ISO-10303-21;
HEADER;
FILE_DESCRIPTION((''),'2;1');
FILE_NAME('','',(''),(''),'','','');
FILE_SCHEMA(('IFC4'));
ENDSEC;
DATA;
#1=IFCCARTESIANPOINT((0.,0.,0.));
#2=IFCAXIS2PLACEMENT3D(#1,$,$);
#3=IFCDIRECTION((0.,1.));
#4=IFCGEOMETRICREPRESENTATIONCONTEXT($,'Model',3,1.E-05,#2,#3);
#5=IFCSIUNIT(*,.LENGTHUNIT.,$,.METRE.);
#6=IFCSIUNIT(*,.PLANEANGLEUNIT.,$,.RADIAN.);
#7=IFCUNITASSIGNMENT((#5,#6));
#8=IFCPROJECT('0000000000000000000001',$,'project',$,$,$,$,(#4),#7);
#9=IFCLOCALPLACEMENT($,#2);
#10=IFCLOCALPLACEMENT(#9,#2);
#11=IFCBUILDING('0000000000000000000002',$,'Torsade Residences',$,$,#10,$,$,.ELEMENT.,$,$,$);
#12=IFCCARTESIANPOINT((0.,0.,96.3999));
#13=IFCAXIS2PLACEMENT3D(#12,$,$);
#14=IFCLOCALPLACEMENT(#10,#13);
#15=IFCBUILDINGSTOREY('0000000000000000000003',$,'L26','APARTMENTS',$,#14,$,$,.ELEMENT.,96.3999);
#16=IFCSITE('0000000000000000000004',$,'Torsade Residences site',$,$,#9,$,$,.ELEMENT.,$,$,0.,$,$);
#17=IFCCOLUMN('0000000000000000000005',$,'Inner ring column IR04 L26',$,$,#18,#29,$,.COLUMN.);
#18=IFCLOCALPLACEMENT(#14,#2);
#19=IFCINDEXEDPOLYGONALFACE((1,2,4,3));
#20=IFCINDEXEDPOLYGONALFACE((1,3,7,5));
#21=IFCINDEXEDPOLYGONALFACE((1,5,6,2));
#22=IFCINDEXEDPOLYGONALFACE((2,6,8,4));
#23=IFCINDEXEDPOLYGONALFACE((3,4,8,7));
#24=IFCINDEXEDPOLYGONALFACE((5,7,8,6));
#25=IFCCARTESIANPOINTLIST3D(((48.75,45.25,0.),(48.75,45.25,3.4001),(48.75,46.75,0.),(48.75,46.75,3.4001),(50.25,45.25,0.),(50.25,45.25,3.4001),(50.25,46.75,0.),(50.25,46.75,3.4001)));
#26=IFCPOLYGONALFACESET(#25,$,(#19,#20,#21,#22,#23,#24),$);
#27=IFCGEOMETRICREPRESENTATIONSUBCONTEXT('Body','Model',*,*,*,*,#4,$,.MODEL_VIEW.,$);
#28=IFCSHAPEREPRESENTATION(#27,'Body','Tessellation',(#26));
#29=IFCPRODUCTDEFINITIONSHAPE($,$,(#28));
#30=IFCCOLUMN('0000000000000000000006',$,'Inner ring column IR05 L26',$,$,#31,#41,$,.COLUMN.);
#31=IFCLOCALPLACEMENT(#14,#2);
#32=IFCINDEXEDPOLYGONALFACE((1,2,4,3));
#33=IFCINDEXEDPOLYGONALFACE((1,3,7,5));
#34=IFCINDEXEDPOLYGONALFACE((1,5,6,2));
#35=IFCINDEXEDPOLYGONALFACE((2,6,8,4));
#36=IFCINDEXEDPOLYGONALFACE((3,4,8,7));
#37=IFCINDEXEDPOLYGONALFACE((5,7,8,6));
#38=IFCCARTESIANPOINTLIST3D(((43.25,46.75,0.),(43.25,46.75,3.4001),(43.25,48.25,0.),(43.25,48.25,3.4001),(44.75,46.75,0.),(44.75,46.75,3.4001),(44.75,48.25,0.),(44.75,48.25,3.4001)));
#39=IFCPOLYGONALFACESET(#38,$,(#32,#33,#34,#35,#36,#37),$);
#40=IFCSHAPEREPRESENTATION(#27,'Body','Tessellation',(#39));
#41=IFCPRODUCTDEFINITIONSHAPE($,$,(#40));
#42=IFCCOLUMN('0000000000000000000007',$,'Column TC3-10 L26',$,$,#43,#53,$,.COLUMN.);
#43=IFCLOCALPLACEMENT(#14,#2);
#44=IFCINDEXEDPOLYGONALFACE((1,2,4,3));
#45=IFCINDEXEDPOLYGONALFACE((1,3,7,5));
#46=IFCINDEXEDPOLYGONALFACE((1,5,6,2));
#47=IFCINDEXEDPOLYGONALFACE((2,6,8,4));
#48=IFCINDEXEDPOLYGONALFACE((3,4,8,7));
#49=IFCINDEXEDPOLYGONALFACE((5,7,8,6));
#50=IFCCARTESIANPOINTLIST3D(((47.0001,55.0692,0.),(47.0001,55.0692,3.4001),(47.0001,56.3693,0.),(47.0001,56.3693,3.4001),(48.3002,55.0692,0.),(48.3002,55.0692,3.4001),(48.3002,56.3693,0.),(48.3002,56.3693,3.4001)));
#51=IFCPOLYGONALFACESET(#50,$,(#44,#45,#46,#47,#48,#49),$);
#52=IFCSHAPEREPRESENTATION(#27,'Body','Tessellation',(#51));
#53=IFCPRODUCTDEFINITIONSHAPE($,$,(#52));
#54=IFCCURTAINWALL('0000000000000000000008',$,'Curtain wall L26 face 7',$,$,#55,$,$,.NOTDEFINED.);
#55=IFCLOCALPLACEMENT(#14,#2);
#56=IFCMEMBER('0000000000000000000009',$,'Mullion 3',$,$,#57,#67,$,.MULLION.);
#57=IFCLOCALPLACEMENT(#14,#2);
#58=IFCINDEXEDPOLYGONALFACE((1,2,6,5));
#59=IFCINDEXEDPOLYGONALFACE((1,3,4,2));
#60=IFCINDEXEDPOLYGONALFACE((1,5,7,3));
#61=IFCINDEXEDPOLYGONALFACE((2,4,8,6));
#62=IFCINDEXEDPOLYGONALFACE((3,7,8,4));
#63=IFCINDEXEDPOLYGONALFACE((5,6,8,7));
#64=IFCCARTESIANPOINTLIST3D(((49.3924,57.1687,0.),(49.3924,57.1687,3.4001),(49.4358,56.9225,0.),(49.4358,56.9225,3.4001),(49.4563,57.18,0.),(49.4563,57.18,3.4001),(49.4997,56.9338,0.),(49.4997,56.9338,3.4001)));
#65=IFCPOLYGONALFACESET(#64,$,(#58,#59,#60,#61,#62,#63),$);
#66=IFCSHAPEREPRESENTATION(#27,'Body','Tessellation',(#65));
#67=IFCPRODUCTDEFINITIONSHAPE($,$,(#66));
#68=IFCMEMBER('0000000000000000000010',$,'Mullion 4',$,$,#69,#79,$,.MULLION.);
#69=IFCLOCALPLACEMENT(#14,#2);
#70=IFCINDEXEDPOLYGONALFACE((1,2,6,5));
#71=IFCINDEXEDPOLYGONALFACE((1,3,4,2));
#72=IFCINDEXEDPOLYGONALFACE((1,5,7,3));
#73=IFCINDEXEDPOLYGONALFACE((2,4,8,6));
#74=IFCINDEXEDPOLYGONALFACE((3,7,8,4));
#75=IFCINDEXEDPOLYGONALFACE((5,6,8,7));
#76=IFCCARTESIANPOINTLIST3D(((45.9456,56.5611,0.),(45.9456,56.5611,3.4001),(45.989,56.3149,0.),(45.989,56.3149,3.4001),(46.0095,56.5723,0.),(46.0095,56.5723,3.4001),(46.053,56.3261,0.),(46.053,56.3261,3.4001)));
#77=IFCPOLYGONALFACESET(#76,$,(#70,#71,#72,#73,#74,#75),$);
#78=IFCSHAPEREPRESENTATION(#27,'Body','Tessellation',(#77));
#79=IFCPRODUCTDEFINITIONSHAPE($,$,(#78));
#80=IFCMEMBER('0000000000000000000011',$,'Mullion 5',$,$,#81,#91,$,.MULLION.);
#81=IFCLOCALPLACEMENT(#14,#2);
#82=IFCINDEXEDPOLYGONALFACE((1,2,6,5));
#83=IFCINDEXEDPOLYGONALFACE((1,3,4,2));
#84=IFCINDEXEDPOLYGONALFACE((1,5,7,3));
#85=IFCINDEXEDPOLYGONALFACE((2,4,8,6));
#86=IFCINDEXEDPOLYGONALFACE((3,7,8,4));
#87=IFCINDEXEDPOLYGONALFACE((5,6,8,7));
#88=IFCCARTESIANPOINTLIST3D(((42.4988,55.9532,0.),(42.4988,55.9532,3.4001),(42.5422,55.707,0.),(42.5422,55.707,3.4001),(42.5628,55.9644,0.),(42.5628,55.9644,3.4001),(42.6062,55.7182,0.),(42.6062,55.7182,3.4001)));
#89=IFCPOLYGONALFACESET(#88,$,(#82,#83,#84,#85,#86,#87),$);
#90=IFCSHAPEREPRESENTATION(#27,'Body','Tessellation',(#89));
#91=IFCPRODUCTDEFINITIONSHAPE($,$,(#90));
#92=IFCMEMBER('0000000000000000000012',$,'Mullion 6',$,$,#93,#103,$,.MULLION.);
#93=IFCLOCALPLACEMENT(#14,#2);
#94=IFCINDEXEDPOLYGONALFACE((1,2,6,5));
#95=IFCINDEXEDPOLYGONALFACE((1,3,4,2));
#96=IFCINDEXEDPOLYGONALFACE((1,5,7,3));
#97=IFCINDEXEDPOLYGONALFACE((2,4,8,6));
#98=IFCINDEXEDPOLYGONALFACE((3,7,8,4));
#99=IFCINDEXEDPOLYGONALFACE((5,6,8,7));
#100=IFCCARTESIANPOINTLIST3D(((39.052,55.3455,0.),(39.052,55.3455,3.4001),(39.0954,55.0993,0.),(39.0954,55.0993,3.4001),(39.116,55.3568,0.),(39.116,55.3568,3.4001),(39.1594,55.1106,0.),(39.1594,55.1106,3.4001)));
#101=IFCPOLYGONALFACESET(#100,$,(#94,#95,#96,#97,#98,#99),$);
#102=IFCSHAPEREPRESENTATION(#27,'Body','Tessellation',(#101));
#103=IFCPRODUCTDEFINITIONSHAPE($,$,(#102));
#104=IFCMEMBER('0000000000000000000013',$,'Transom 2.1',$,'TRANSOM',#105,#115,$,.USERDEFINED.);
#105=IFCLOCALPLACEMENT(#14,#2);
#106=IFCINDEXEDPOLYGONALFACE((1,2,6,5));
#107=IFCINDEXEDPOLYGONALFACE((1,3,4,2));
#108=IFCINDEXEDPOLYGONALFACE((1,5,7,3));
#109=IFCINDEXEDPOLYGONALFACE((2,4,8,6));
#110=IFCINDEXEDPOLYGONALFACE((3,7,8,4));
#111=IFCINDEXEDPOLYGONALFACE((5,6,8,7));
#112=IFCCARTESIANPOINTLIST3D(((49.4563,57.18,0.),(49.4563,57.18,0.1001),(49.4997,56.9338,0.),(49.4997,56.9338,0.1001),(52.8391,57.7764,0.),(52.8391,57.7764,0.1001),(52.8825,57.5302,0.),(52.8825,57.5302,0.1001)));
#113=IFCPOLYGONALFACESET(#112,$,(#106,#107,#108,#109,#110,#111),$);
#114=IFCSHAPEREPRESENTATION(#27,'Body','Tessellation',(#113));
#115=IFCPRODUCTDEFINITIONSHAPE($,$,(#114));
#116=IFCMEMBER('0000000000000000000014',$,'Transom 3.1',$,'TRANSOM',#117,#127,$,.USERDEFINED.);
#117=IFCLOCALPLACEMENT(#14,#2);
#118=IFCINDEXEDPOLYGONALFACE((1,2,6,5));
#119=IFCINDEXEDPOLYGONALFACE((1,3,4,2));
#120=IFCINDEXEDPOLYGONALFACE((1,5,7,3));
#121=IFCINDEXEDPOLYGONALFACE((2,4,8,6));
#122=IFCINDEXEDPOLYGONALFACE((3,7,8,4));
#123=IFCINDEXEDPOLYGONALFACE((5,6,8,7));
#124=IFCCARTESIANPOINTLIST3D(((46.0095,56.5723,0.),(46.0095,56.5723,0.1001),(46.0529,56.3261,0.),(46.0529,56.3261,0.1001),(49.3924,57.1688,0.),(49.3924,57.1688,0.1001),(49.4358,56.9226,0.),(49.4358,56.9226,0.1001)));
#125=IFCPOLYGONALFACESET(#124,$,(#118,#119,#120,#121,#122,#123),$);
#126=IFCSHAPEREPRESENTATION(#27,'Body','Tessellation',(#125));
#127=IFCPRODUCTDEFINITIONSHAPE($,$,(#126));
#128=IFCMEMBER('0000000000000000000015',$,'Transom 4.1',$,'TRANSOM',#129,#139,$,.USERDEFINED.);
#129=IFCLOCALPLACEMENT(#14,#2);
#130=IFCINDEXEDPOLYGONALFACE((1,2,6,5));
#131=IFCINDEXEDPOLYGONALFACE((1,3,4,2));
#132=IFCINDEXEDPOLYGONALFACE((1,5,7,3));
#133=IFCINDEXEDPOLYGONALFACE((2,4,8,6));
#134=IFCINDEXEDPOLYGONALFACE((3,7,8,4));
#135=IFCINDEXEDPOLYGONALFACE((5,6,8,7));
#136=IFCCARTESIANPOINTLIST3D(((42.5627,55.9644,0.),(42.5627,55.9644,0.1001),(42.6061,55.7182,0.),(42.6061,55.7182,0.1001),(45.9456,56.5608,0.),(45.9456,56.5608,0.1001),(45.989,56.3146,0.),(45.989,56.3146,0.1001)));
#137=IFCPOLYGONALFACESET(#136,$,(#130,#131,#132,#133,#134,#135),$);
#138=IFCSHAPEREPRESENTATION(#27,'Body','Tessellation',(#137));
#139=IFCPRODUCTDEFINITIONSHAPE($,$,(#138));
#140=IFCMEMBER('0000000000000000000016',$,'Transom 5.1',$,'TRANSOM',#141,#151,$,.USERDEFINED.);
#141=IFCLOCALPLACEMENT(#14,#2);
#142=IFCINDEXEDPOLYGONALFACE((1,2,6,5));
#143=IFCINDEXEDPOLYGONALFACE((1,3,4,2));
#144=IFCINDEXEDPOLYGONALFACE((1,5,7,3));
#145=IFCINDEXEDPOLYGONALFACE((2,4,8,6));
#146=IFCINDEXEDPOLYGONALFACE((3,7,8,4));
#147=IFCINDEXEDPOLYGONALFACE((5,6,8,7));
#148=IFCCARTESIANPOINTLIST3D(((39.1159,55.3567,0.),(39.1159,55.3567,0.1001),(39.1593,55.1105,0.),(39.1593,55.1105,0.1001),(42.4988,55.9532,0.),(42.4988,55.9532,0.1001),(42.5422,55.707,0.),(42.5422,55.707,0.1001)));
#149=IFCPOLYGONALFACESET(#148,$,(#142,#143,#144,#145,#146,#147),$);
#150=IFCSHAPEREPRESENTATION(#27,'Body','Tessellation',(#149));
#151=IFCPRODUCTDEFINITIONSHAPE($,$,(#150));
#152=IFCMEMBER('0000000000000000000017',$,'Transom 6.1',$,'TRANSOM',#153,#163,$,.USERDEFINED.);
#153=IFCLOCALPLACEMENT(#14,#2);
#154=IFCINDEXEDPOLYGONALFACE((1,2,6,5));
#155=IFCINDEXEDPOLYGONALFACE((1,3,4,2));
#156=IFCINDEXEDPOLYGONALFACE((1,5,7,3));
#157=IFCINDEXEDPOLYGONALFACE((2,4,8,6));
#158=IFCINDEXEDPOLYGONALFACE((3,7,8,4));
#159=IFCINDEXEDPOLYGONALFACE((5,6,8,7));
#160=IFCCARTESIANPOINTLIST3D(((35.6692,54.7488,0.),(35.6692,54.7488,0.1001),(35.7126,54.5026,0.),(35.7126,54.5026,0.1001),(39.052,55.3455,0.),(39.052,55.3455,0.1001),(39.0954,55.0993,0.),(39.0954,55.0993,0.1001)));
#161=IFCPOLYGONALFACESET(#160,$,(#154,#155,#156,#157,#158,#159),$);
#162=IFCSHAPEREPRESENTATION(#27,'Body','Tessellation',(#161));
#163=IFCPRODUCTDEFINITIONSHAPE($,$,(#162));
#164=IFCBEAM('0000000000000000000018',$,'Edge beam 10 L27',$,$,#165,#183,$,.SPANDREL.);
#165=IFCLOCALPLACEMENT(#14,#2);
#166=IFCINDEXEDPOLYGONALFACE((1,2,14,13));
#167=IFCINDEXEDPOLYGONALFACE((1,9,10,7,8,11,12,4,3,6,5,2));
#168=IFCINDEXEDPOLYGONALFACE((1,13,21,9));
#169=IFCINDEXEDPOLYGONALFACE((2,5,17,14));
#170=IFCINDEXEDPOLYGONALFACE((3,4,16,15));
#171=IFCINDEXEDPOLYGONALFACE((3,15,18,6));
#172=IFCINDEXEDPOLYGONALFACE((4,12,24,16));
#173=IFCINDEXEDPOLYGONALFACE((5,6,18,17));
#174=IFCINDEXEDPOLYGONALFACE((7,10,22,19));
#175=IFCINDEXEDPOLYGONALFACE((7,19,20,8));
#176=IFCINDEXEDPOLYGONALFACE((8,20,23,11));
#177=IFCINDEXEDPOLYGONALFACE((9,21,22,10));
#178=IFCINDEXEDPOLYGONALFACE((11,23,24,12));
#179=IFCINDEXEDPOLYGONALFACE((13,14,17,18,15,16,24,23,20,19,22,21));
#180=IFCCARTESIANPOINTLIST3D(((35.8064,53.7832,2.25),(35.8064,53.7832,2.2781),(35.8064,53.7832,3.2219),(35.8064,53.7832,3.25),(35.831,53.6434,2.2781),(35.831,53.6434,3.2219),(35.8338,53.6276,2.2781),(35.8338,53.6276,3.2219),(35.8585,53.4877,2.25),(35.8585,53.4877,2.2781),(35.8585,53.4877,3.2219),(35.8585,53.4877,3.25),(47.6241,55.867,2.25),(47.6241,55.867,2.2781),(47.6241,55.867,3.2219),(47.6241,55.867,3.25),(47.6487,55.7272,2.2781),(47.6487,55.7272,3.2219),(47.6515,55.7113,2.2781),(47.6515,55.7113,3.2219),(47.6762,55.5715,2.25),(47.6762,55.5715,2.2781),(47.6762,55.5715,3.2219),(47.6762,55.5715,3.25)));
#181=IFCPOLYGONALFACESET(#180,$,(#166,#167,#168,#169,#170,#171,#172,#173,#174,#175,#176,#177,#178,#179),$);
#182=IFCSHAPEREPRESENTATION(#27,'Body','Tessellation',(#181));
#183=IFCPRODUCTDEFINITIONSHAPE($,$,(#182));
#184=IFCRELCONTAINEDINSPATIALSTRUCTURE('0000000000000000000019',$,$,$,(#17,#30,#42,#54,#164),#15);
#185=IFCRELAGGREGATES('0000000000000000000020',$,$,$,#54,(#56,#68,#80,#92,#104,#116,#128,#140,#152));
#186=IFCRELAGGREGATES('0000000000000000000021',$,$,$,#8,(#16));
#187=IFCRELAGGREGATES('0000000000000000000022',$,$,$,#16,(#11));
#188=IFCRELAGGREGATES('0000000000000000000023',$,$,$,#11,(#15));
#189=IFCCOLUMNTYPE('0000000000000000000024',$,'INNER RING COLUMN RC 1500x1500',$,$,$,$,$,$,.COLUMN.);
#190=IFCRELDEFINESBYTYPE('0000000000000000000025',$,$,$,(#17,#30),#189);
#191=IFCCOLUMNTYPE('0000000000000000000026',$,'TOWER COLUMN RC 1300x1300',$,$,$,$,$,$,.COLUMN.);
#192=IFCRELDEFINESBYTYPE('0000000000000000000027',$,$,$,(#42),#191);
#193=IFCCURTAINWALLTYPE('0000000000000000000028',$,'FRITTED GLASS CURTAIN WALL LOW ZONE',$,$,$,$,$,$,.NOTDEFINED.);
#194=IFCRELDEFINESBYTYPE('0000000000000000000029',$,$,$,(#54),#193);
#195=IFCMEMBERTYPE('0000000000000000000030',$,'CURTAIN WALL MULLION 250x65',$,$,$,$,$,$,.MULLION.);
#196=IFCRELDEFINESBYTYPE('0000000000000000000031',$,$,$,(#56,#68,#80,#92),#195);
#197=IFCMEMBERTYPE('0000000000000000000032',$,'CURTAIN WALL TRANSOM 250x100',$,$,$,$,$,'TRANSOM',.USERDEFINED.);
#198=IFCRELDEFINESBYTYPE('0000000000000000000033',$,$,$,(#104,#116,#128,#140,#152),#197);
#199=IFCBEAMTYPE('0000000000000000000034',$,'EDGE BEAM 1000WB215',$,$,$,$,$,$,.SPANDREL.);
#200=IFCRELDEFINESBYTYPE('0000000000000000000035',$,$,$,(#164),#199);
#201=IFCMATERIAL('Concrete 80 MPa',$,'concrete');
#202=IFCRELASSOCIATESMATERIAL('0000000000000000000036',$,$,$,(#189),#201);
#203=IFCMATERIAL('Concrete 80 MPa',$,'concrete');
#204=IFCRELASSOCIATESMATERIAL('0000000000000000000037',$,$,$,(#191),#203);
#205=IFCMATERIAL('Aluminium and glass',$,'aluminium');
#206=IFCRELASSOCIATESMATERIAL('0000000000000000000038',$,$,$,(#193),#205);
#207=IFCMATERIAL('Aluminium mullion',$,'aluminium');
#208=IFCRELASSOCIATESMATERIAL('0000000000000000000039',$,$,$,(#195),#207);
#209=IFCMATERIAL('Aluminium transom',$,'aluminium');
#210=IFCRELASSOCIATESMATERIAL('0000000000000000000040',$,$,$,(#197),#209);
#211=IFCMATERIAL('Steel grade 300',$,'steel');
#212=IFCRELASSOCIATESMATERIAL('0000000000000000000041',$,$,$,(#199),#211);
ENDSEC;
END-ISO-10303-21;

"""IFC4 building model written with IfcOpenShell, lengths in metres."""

from ifc_helpers import new_model, si_unit, direction, frame, origin, origin_2d, place, context, subcontext, project, spatial, rectangle, i_section, extrude, material, material_profile, profile_set, type_object, element, aggregate, save


model = new_model("IFC4")

# Units and contexts
model_context = context("Model", 3, precision=1e-05, world=origin(), true_north=direction((0.0, 1.0)))
body_context = subcontext(model_context, "Body", "Model", "MODEL_VIEW")
ifc_project = project(units=[si_unit("LENGTHUNIT", "METRE"), si_unit("PLANEANGLEUNIT", "RADIAN")], contexts=[model_context])

# Site, building, storey
site_placement = place(None, origin())
site = spatial("IfcSite", under=ifc_project, at=site_placement, Name="Torsade Residences site", CompositionType="ELEMENT", RefElevation=0.0)
building_placement = place(site_placement, origin())
building = spatial("IfcBuilding", under=site, at=building_placement, Name="Torsade Residences", CompositionType="ELEMENT")
storey_placement = place(building_placement, frame((0.0, 0.0, 96.3999)))
storey = spatial("IfcBuildingStorey", under=building, at=storey_placement, Name="L26", Description="APARTMENTS", CompositionType="ELEMENT", Elevation=96.3999)

# Columns
ifc_material_1 = material(Name="Concrete 80 MPa", Category="concrete")
ifc_material_profile_1 = material_profile(ifc_material_1, rectangle(XDim=1.5, YDim=1.5, at=origin_2d()), Name="RC 1500x1500")
ifc_profile_set_1 = profile_set([ifc_material_profile_1], Name="Concrete 80 MPa")
column_type_1 = type_object("IfcColumnType", Name="INNER RING COLUMN RC 1500x1500", PredefinedType="COLUMN", material=ifc_profile_set_1)
for number, where, z_axis, x_axis, name in (
    (1, (49.5, 46.0, 0.0), (0.0, 0.0, 1.0), (1.0, 0.0, 0.0), "Inner ring column IR04 L26"),
    (2, (44.0, 47.5, 0.0), (0.0, 0.0, 1.0), (1.0, 0.0, 0.0), "Inner ring column IR05 L26"),
):
    element("IfcColumn", number, at=place(storey_placement, frame(where, z_axis=z_axis, x_axis=x_axis)), inside=storey, type_object=column_type_1, Name=name, PredefinedType="COLUMN", context=body_context, shape_type="SweptSolid", body=[
        extrude(rectangle(XDim=1.5, YDim=1.5, at=origin_2d()), origin(), (0.0, 0.0, 1.0), 3.4001),
    ])
ifc_material_2 = material(Name="Concrete 80 MPa", Category="concrete")
ifc_material_profile_2 = material_profile(ifc_material_2, rectangle(XDim=1.3, YDim=1.3, at=origin_2d()), Name="RC 1300x1300")
ifc_profile_set_2 = profile_set([ifc_material_profile_2], Name="Concrete 80 MPa")
column_type_2 = type_object("IfcColumnType", Name="TOWER COLUMN RC 1300x1300", PredefinedType="COLUMN", material=ifc_profile_set_2)
column_placement = place(storey_placement, frame((47.6501, 55.7192, 0.0), z_axis=(0.0, 0.0, 1.0), x_axis=(1.0, 0.0, 0.0)))
element("IfcColumn", 3, at=column_placement, inside=storey, type_object=column_type_2, Name="Column TC3-10 L26", PredefinedType="COLUMN", context=body_context, shape_type="SweptSolid", body=[
    extrude(rectangle(XDim=1.3, YDim=1.3, at=origin_2d()), origin(), (0.0, 0.0, 1.0), 3.4001),
])

# Curtain wall, members
ifc_material_3 = material(Name="Aluminium and glass", Category="aluminium")
curtain_wall_type = type_object("IfcCurtainWallType", Name="FRITTED GLASS CURTAIN WALL LOW ZONE", PredefinedType="NOTDEFINED", material=ifc_material_3)
curtain_wall_placement = place(storey_placement, origin())
curtain_wall = element("IfcCurtainWall", 4, at=curtain_wall_placement, inside=storey, type_object=curtain_wall_type, Name="Curtain wall L26 face 7", PredefinedType="NOTDEFINED")
ifc_material_4 = material(Name="Aluminium mullion", Category="aluminium")
ifc_material_profile_3 = material_profile(ifc_material_4, rectangle(XDim=0.25, YDim=0.0649, at=origin_2d()), Name="CURTAIN WALL MULLION 250x65")
ifc_profile_set_3 = profile_set([ifc_material_profile_3], Name="Aluminium mullion")
member_type_1 = type_object("IfcMemberType", Name="CURTAIN WALL MULLION 250x65", PredefinedType="MULLION", material=ifc_profile_set_3)
member_1_placement = place(storey_placement, frame((49.446, 57.0513, 0.0), z_axis=(0.0, 0.0, 1.0), x_axis=(0.173648, -0.984808, 0.0)))
member_1 = element("IfcMember", 5, at=member_1_placement, type_object=member_type_1, Name="Mullion 3", PredefinedType="MULLION", context=body_context, shape_type="SweptSolid", body=[
    extrude(rectangle(XDim=0.25, YDim=0.0649, at=origin_2d()), origin(), (0.0, 0.0, 1.0), 3.4001),
])
member_2_placement = place(storey_placement, frame((45.9993, 56.4436, 0.0), z_axis=(0.0, 0.0, 1.0), x_axis=(0.173648, -0.984808, 0.0)))
member_2 = element("IfcMember", 6, at=member_2_placement, type_object=member_type_1, Name="Mullion 4", PredefinedType="MULLION", context=body_context, shape_type="SweptSolid", body=[
    extrude(rectangle(XDim=0.25, YDim=0.0649, at=origin_2d()), origin(), (0.0, 0.0, 1.0), 3.4001),
])
member_3_placement = place(storey_placement, frame((42.5525, 55.8357, 0.0), z_axis=(0.0, 0.0, 1.0), x_axis=(0.173648, -0.984808, 0.0)))
member_3 = element("IfcMember", 7, at=member_3_placement, type_object=member_type_1, Name="Mullion 5", PredefinedType="MULLION", context=body_context, shape_type="SweptSolid", body=[
    extrude(rectangle(XDim=0.25, YDim=0.0649, at=origin_2d()), origin(), (0.0, 0.0, 1.0), 3.4001),
])
member_4_placement = place(storey_placement, frame((39.1057, 55.228, 0.0), z_axis=(0.0, 0.0, 1.0), x_axis=(0.173648, -0.984808, 0.0)))
member_4 = element("IfcMember", 8, at=member_4_placement, type_object=member_type_1, Name="Mullion 6", PredefinedType="MULLION", context=body_context, shape_type="SweptSolid", body=[
    extrude(rectangle(XDim=0.25, YDim=0.0649, at=origin_2d()), origin(), (0.0, 0.0, 1.0), 3.4001),
])
ifc_material_5 = material(Name="Aluminium transom", Category="aluminium")
ifc_material_profile_4 = material_profile(ifc_material_5, rectangle(XDim=0.25, YDim=0.1001, at=origin_2d()), Name="CURTAIN WALL TRANSOM 250x100")
ifc_profile_set_4 = profile_set([ifc_material_profile_4], Name="Aluminium transom")
member_type_2 = type_object("IfcMemberType", Name="CURTAIN WALL TRANSOM 250x100", ElementType="TRANSOM", PredefinedType="USERDEFINED", material=ifc_profile_set_4)
member_5_placement = place(storey_placement, frame((52.8608, 57.6533, 0.05), z_axis=(-0.98481, -0.173635, 0.0), x_axis=(0.173635, -0.98481, 0.0)))
member_5 = element("IfcMember", 9, at=member_5_placement, type_object=member_type_2, Name="Transom 2.1", ObjectType="TRANSOM", PredefinedType="USERDEFINED", context=body_context, shape_type="SweptSolid", body=[
    extrude(rectangle(XDim=0.25, YDim=0.1001, at=origin_2d()), origin(), (0.0, 0.0, 1.0), 3.4351),
])
member_6_placement = place(storey_placement, frame((49.4141, 57.0457, 0.05), z_axis=(-0.98481, -0.173635, 0.0), x_axis=(0.173635, -0.98481, 0.0)))
member_6 = element("IfcMember", 10, at=member_6_placement, type_object=member_type_2, Name="Transom 3.1", ObjectType="TRANSOM", PredefinedType="USERDEFINED", context=body_context, shape_type="SweptSolid", body=[
    extrude(rectangle(XDim=0.25, YDim=0.1001, at=origin_2d()), origin(), (0.0, 0.0, 1.0), 3.4351),
])
member_7_placement = place(storey_placement, frame((45.9673, 56.4377, 0.05), z_axis=(-0.98481, -0.173635, 0.0), x_axis=(0.173635, -0.98481, 0.0)))
member_7 = element("IfcMember", 11, at=member_7_placement, type_object=member_type_2, Name="Transom 4.1", ObjectType="TRANSOM", PredefinedType="USERDEFINED", context=body_context, shape_type="SweptSolid", body=[
    extrude(rectangle(XDim=0.25, YDim=0.1001, at=origin_2d()), origin(), (0.0, 0.0, 1.0), 3.4351),
])
member_8_placement = place(storey_placement, frame((42.5205, 55.8301, 0.05), z_axis=(-0.98481, -0.173635, 0.0), x_axis=(0.173635, -0.98481, 0.0)))
member_8 = element("IfcMember", 12, at=member_8_placement, type_object=member_type_2, Name="Transom 5.1", ObjectType="TRANSOM", PredefinedType="USERDEFINED", context=body_context, shape_type="SweptSolid", body=[
    extrude(rectangle(XDim=0.25, YDim=0.1001, at=origin_2d()), origin(), (0.0, 0.0, 1.0), 3.4351),
])
member_9_placement = place(storey_placement, frame((39.0737, 55.2224, 0.05), z_axis=(-0.984798, -0.173704, 0.0), x_axis=(0.173704, -0.984798, 0.0)))
member_9 = element("IfcMember", 13, at=member_9_placement, type_object=member_type_2, Name="Transom 6.1", ObjectType="TRANSOM", PredefinedType="USERDEFINED", context=body_context, shape_type="SweptSolid", body=[
    extrude(rectangle(XDim=0.25, YDim=0.1001, at=origin_2d()), origin(), (0.0, 0.0, 1.0), 3.4351),
])

# Beam
ifc_material_6 = material(Name="Steel grade 300", Category="steel")
ifc_material_profile_5 = material_profile(ifc_material_6, i_section(OverallWidth=0.3, OverallDepth=1.0, WebThickness=0.0161, FlangeThickness=0.0281, at=origin_2d()), Name="1000WB215")
ifc_profile_set_5 = profile_set([ifc_material_profile_5], Name="Steel grade 300")
beam_type_1 = type_object("IfcBeamType", Name="EDGE BEAM 1000WB215", PredefinedType="SPANDREL", material=ifc_profile_set_5)
beam_1_placement = place(storey_placement, frame((47.6501, 55.7192, 2.75), z_axis=(-0.984808, -0.173646, 0.0), x_axis=(0.173646, -0.984808, 0.0)))
element("IfcBeam", 14, at=beam_1_placement, inside=storey, type_object=beam_type_1, Name="Edge beam 10 L27", PredefinedType="SPANDREL", context=body_context, shape_type="SweptSolid", body=[
    extrude(i_section(OverallWidth=0.3, OverallDepth=1.0, WebThickness=0.0161, FlangeThickness=0.0281, at=origin_2d()), origin(), (0.0, 0.0, 1.0), 12.0),
])

aggregate(curtain_wall, [member_1, member_2, member_3, member_4, member_5, member_6, member_7, member_8, member_9])

save(model, "model.ifc")
